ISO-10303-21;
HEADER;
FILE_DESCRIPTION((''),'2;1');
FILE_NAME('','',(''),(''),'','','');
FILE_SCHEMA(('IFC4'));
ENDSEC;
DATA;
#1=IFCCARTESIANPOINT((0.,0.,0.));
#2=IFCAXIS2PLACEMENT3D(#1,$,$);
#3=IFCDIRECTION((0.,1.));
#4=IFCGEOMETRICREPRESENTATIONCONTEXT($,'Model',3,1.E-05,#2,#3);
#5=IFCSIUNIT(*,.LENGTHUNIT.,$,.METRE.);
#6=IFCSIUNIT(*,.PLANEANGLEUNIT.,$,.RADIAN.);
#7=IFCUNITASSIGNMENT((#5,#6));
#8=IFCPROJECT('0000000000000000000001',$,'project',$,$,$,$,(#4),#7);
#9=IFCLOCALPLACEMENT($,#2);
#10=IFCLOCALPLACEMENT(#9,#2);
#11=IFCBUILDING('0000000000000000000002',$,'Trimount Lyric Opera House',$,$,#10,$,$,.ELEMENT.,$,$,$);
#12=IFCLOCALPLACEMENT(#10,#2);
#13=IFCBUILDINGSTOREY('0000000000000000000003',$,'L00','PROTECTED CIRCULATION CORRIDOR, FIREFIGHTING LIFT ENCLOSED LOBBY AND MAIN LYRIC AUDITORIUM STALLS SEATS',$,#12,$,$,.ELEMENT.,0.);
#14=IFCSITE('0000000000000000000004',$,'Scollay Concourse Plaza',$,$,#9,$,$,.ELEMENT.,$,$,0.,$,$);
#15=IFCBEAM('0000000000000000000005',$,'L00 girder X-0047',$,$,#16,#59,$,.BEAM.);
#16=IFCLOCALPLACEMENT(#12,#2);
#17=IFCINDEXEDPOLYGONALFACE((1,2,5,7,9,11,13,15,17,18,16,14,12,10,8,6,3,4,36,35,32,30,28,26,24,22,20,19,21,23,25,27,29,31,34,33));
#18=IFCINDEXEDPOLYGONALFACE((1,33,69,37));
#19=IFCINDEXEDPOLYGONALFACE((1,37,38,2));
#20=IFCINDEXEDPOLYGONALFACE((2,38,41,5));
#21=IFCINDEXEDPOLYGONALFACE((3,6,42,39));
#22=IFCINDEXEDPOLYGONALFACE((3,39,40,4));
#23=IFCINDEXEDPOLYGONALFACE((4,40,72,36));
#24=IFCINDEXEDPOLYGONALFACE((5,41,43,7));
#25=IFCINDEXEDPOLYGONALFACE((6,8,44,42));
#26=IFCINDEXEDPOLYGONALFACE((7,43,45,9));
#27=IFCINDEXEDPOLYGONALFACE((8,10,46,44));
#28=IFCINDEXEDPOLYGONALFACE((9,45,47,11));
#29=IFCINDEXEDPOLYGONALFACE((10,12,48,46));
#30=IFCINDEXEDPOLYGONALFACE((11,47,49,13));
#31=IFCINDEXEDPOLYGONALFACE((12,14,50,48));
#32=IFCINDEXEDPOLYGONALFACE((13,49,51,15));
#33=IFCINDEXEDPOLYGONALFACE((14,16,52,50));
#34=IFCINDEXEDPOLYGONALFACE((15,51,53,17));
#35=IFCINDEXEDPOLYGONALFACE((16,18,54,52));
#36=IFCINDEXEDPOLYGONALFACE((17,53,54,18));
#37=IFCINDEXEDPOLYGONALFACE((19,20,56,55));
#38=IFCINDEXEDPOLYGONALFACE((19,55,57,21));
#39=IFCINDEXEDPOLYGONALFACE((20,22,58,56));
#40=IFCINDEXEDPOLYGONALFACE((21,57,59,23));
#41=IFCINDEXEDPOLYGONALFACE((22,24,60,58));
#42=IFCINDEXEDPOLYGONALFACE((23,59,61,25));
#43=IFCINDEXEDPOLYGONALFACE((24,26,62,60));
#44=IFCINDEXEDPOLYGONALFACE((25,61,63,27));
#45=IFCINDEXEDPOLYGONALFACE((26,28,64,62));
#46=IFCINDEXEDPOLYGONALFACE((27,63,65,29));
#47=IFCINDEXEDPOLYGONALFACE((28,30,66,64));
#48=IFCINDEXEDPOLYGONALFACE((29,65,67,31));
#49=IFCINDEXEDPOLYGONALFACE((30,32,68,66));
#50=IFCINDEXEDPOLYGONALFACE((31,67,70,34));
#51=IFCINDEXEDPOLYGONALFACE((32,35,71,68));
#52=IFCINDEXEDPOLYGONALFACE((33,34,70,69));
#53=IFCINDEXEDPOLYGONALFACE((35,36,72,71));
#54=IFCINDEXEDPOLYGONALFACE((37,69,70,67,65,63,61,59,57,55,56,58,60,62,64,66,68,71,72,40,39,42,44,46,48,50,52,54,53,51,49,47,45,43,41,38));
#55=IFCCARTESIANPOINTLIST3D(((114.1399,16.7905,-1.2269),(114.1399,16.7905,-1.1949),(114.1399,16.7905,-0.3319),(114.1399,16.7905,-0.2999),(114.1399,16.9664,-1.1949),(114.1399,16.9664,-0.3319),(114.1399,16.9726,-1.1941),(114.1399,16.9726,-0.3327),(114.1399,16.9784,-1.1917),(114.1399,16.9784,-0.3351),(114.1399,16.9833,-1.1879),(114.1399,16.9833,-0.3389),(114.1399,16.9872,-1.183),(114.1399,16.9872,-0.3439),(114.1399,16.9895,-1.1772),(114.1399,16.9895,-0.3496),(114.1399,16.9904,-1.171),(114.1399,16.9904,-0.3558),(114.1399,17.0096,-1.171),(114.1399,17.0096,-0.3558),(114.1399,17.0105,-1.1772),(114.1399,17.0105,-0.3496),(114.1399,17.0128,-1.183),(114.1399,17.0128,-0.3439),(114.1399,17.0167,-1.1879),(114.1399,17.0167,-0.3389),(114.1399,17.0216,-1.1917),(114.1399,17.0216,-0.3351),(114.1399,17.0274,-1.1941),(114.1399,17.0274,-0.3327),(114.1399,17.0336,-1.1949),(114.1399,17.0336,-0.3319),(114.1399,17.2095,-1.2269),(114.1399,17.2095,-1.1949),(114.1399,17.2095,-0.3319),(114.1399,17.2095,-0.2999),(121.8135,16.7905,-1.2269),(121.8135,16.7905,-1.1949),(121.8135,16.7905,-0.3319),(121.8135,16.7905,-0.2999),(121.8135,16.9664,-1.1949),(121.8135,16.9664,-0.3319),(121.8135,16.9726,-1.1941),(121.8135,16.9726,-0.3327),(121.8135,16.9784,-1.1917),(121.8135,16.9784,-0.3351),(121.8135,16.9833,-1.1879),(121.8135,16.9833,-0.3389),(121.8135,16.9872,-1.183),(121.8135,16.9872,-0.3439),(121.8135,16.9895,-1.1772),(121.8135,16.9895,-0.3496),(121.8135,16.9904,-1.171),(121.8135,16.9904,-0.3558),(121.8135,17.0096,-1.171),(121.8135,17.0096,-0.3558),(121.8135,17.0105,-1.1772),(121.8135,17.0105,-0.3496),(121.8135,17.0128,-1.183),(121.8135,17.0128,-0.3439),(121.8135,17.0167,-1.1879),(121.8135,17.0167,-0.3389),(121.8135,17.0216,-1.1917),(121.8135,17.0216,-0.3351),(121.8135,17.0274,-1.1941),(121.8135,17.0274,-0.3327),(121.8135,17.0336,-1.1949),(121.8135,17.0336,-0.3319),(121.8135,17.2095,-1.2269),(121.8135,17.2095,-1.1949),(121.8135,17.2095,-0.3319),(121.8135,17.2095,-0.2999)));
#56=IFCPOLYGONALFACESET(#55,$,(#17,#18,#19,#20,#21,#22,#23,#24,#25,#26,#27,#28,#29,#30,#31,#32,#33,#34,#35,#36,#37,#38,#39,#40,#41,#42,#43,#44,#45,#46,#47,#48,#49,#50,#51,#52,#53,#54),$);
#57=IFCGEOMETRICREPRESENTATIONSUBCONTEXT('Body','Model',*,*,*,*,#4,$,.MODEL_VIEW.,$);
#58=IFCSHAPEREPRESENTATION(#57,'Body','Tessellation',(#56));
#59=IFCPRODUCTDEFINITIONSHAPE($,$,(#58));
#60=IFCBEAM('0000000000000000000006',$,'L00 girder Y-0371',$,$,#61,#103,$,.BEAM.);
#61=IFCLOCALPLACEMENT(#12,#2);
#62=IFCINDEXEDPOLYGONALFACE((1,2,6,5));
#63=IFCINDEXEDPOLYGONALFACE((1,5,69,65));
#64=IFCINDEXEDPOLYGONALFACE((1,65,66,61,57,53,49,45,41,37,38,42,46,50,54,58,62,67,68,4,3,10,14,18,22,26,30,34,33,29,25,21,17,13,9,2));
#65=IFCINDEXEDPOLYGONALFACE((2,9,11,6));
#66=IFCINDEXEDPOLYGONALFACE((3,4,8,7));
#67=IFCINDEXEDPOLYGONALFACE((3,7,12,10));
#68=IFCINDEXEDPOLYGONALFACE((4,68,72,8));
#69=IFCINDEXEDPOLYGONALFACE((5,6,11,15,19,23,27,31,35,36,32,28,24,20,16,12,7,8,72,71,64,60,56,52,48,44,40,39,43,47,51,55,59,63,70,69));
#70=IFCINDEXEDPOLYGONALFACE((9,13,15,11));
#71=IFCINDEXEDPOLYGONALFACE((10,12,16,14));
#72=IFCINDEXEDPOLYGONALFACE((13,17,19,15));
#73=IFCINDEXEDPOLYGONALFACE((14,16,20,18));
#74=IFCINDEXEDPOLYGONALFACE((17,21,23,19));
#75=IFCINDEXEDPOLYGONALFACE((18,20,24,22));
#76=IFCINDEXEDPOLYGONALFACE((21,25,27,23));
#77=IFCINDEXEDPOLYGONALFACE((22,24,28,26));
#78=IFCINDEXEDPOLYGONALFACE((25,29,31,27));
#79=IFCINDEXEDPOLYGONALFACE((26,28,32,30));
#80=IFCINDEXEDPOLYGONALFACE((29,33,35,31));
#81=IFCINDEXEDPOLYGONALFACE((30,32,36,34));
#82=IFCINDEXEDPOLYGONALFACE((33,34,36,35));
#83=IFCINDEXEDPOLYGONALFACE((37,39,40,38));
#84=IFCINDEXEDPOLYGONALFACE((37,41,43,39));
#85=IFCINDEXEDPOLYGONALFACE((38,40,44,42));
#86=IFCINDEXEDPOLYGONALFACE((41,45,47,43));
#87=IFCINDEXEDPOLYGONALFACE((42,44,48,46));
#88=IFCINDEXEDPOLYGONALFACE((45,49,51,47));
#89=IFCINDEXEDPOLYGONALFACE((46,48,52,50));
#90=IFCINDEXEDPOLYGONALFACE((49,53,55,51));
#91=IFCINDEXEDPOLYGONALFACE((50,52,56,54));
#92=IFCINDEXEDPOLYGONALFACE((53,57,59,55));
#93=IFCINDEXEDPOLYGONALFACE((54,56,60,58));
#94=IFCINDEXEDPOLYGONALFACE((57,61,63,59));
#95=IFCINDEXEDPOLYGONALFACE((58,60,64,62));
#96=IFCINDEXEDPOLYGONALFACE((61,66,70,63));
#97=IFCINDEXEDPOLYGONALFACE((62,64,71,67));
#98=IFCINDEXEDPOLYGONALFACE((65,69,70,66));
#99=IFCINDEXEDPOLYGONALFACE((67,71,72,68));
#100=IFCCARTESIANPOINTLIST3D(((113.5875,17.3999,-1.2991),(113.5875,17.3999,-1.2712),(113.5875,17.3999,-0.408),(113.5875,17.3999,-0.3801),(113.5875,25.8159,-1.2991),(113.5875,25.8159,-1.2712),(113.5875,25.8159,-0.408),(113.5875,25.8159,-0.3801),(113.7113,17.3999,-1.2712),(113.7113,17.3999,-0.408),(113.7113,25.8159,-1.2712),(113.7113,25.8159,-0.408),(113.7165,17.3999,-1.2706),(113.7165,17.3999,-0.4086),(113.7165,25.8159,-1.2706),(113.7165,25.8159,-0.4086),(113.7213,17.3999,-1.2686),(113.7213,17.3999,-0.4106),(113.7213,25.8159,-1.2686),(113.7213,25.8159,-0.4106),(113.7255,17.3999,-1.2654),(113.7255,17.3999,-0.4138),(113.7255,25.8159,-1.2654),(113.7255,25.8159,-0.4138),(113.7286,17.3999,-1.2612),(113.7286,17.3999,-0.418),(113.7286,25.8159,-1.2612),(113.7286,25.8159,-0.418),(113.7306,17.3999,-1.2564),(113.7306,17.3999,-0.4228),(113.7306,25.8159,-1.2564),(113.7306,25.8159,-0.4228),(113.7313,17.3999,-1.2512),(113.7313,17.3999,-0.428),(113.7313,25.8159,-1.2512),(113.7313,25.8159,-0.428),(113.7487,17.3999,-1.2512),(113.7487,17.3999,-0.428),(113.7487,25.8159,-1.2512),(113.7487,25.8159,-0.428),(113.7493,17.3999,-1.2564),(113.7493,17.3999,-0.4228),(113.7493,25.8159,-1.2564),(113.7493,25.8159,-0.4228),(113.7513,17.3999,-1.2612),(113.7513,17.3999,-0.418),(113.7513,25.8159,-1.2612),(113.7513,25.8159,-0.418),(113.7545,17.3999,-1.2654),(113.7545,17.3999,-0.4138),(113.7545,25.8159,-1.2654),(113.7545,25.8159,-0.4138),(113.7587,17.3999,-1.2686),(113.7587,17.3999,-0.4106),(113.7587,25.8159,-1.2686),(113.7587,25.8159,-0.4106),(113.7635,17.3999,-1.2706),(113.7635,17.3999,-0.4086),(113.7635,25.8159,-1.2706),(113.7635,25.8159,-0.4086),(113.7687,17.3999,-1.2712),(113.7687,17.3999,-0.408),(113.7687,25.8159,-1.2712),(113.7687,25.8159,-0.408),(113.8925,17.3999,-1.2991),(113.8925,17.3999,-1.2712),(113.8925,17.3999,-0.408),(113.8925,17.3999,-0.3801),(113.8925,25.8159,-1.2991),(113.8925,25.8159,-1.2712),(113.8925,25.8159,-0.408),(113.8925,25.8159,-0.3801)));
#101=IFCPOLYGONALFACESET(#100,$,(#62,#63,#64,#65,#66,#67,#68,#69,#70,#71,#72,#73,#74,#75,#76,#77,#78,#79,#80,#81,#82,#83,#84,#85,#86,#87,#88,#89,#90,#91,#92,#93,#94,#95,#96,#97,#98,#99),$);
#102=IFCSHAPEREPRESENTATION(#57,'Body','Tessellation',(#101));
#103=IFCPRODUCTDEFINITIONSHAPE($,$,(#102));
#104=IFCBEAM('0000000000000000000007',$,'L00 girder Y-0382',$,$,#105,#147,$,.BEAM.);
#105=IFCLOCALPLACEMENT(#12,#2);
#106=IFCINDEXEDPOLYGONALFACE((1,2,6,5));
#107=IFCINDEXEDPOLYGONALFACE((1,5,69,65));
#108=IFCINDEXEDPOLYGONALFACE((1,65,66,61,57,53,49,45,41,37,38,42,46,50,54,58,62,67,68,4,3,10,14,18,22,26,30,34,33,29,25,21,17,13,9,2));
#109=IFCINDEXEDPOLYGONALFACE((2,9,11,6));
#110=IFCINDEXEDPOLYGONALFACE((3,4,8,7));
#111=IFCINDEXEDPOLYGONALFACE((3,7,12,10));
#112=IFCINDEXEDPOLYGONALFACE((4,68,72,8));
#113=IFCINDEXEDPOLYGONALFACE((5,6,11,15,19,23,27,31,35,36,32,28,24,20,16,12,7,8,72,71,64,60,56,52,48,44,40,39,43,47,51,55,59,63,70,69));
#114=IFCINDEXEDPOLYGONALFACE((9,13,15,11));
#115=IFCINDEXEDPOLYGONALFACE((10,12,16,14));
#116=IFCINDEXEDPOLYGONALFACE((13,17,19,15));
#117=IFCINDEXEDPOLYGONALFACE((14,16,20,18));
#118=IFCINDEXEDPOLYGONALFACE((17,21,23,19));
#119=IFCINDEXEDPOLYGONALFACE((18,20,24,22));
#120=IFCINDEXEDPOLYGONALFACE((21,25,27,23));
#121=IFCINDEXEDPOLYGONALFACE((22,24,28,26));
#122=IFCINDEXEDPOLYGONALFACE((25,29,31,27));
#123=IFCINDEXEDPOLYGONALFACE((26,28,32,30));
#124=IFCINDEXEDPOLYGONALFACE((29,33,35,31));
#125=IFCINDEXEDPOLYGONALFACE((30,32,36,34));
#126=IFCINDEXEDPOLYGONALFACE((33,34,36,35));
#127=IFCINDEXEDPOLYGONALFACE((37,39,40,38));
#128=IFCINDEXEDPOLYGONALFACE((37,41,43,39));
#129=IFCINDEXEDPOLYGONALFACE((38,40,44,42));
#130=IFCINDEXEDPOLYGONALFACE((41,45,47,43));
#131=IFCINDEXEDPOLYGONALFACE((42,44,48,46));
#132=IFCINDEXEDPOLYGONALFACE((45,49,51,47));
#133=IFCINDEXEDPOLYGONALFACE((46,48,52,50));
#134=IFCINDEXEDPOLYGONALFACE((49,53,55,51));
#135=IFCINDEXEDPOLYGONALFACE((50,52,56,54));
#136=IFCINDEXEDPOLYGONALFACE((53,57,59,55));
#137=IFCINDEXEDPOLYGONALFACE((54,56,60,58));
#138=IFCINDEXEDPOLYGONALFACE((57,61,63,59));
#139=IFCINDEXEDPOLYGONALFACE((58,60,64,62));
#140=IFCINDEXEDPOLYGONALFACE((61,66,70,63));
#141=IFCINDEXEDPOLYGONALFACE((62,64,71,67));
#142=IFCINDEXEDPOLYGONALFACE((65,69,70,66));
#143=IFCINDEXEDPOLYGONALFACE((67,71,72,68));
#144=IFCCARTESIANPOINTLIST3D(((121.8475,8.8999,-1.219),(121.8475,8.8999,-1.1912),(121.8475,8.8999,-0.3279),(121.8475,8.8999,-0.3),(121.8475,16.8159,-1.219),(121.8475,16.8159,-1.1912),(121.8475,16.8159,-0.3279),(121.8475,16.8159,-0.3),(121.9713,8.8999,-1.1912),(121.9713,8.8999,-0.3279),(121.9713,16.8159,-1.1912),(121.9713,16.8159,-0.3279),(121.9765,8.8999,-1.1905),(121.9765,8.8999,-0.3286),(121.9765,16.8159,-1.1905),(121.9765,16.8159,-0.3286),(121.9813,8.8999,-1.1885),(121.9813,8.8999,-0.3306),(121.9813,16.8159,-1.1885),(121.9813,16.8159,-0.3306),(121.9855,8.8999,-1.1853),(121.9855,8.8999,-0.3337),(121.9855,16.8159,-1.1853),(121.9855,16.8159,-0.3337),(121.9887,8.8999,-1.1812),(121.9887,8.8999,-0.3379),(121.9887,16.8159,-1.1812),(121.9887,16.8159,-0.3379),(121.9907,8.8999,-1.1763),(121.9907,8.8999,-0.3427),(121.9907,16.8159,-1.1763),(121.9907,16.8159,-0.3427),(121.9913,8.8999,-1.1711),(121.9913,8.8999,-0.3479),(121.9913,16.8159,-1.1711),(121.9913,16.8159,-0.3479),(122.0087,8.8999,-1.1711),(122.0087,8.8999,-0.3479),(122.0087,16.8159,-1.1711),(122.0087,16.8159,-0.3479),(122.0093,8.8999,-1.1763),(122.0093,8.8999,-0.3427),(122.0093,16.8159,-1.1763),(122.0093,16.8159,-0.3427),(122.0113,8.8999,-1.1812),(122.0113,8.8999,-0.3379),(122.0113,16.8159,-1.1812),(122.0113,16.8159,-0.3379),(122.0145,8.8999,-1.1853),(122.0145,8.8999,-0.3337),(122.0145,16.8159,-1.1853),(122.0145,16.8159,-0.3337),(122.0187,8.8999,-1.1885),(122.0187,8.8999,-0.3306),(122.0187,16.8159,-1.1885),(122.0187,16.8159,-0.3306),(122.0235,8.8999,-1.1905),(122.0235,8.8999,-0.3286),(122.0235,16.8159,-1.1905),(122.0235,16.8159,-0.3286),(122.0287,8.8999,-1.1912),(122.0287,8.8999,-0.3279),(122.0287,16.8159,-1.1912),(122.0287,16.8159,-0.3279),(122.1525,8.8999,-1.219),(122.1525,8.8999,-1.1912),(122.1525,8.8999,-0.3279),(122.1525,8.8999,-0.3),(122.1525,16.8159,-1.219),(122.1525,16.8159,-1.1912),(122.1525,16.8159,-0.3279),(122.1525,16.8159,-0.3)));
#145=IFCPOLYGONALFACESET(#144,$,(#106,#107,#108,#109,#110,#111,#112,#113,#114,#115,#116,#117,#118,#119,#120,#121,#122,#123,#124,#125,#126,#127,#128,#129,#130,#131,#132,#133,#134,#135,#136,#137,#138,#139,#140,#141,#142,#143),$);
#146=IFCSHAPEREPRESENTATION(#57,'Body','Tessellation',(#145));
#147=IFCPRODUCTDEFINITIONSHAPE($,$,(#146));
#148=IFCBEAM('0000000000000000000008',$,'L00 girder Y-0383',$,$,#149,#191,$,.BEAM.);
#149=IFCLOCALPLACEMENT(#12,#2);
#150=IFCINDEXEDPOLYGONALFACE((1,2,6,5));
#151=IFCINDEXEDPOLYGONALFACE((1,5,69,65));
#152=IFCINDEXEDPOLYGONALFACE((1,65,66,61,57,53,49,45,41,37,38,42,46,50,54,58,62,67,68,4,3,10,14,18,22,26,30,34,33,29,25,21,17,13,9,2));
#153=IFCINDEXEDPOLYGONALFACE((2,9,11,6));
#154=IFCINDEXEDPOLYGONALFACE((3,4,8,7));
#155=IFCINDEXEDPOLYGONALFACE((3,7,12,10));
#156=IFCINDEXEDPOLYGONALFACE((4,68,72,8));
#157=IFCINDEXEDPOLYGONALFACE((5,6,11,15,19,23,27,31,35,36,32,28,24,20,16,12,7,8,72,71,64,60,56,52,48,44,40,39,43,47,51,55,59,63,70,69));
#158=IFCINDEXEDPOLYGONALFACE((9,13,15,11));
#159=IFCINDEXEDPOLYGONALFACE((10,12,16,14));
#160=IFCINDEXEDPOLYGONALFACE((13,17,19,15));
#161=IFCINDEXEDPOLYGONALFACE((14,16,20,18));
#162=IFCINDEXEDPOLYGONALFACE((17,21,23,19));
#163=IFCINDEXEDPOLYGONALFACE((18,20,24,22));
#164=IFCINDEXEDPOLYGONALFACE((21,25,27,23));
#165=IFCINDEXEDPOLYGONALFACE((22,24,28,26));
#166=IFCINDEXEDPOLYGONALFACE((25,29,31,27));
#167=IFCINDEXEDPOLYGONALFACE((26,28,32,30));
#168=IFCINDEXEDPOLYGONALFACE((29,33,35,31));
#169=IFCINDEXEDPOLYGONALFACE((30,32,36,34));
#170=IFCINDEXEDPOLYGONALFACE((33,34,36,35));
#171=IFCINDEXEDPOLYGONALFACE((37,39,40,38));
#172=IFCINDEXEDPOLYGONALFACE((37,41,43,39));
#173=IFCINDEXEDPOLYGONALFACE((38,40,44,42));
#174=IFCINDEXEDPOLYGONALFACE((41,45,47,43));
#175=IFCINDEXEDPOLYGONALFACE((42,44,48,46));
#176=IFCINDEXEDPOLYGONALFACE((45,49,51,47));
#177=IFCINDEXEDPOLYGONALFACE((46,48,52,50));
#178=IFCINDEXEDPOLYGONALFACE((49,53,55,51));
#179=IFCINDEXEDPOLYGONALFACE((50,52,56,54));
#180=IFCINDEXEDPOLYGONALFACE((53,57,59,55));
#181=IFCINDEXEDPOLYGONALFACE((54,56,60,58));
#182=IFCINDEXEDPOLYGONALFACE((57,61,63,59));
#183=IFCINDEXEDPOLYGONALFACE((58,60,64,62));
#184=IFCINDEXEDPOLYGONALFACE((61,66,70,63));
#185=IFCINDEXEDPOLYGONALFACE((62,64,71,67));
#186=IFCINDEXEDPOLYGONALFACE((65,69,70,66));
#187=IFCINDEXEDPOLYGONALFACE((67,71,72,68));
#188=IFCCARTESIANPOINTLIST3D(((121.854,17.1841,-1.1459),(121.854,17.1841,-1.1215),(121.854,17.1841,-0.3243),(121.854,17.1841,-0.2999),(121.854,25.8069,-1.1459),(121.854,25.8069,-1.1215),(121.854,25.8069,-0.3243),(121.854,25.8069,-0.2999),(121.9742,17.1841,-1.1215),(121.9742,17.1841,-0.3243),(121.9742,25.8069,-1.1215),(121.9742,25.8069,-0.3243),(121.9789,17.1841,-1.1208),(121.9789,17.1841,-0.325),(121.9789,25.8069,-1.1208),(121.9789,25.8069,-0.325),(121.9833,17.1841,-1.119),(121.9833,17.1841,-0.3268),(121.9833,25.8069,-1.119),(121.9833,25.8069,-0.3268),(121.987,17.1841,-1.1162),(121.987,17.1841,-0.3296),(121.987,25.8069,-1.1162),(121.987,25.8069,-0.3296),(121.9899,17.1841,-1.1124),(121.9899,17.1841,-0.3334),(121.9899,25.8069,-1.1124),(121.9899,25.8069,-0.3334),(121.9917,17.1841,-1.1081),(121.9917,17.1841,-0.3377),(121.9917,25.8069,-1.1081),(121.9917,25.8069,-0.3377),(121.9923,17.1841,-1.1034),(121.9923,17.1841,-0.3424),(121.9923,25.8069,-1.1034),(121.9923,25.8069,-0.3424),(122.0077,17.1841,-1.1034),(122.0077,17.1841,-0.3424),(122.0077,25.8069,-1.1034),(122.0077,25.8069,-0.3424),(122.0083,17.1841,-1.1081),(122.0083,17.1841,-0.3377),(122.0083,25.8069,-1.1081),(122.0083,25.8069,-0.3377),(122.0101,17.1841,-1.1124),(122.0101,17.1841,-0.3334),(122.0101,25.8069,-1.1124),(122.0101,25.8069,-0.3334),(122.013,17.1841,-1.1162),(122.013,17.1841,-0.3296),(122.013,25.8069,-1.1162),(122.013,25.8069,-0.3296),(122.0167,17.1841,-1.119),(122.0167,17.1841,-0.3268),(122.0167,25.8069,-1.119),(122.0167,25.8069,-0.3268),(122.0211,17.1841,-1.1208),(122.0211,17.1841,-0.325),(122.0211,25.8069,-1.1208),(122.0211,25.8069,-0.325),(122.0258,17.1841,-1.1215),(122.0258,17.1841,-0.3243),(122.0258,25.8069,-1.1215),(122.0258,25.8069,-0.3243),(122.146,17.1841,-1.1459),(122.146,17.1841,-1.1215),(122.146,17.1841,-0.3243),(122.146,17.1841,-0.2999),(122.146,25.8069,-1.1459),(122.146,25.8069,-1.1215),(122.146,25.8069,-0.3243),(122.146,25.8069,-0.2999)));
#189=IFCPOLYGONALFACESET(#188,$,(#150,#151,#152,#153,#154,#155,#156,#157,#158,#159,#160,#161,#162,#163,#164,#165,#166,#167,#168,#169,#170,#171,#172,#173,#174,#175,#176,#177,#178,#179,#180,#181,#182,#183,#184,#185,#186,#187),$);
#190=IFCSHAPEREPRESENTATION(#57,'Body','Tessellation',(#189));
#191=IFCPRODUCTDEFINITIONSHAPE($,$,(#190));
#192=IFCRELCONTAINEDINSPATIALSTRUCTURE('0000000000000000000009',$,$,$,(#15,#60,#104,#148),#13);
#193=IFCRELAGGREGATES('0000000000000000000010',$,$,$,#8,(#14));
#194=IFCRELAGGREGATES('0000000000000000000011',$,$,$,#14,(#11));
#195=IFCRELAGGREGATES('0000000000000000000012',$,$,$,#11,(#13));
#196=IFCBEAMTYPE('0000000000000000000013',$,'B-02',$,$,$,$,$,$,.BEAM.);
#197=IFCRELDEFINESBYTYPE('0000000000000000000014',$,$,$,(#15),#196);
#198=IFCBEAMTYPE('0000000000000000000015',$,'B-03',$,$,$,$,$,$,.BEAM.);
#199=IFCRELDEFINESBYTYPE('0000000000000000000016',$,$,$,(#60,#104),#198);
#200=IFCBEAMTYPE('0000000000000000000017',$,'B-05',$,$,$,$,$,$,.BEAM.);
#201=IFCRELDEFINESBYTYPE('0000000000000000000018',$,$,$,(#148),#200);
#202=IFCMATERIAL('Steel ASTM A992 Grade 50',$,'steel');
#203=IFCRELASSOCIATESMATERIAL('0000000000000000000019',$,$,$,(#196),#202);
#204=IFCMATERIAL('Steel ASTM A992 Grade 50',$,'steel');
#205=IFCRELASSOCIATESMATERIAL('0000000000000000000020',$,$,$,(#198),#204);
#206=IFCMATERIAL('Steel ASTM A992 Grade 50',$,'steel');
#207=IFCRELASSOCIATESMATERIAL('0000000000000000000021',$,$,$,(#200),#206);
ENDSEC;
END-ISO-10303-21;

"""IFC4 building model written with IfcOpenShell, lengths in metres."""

from ifc_helpers import new_model, si_unit, direction, frame, origin, origin_2d, place, context, subcontext, project, spatial, i_section, extrude, material, material_profile, profile_set, type_object, element, save


model = new_model("IFC4")

# Units and contexts
model_context = context("Model", 3, precision=1e-05, world=origin(), true_north=direction((0.0, 1.0)))
body_context = subcontext(model_context, "Body", "Model", "MODEL_VIEW")
ifc_project = project(units=[si_unit("LENGTHUNIT", "METRE"), si_unit("PLANEANGLEUNIT", "RADIAN")], contexts=[model_context])

# Site, building, storey
site_placement = place(None, origin())
site = spatial("IfcSite", under=ifc_project, at=site_placement, Name="Scollay Concourse Plaza", CompositionType="ELEMENT", RefElevation=0.0)
building_placement = place(site_placement, origin())
building = spatial("IfcBuilding", under=site, at=building_placement, Name="Trimount Lyric Opera House", CompositionType="ELEMENT")
storey_placement = place(building_placement, origin())
storey = spatial("IfcBuildingStorey", under=building, at=storey_placement, Name="L00", Description="PROTECTED CIRCULATION CORRIDOR, FIREFIGHTING LIFT ENCLOSED LOBBY AND MAIN LYRIC AUDITORIUM STALLS SEATS", CompositionType="ELEMENT", Elevation=0.0)

# Beams
ifc_material_1 = material(Name="Steel ASTM A992 Grade 50", Category="steel")
ifc_material_profile_1 = material_profile(ifc_material_1, i_section(OverallWidth=0.4189, OverallDepth=0.927, WebThickness=0.0193, FlangeThickness=0.032, FilletRadius=0.0239, at=origin_2d()), Name="W36X231")
ifc_profile_set_1 = profile_set([ifc_material_profile_1], Name="Steel ASTM A992 Grade 50")
beam_type_1 = type_object("IfcBeamType", Name="B-02", PredefinedType="BEAM", material=ifc_profile_set_1)
beam_1_placement = place(storey_placement, frame((114.1399, 17.0, -0.7634), z_axis=(1.0, 0.0, 0.0), x_axis=(0.0, 1.0, 0.0)))
element("IfcBeam", 1, at=beam_1_placement, inside=storey, type_object=beam_type_1, Name="L00 girder X-0047", PredefinedType="BEAM", context=body_context, shape_type="SweptSolid", body=[
    extrude(i_section(OverallWidth=0.4189, OverallDepth=0.927, WebThickness=0.0193, FlangeThickness=0.032, FilletRadius=0.0239, at=origin_2d()), origin(), (0.0, 0.0, 1.0), 7.6736),
])
ifc_material_2 = material(Name="Steel ASTM A992 Grade 50", Category="steel")
ifc_material_profile_2 = material_profile(ifc_material_2, i_section(OverallWidth=0.3049, OverallDepth=0.9189, WebThickness=0.0173, FlangeThickness=0.0278, FilletRadius=0.02, at=origin_2d()), Name="W36X170")
ifc_profile_set_2 = profile_set([ifc_material_profile_2], Name="Steel ASTM A992 Grade 50")
beam_type_2 = type_object("IfcBeamType", Name="B-03", PredefinedType="BEAM", material=ifc_profile_set_2)
beam_2_placement = place(storey_placement, frame((113.74, 17.3999, -0.8396), z_axis=(0.0, 1.0, 0.0), x_axis=(-1.0, 0.0, 0.0)))
element("IfcBeam", 2, at=beam_2_placement, inside=storey, type_object=beam_type_2, Name="L00 girder Y-0371", PredefinedType="BEAM", context=body_context, shape_type="SweptSolid", body=[
    extrude(i_section(OverallWidth=0.3049, OverallDepth=0.9189, WebThickness=0.0173, FlangeThickness=0.0278, FilletRadius=0.02, at=origin_2d()), origin(), (0.0, 0.0, 1.0), 8.416),
])
beam_3_placement = place(storey_placement, frame((122.0, 8.8999, -0.7595), z_axis=(0.0, 1.0, 0.0), x_axis=(-1.0, 0.0, 0.0)))
element("IfcBeam", 3, at=beam_3_placement, inside=storey, type_object=beam_type_2, Name="L00 girder Y-0382", PredefinedType="BEAM", context=body_context, shape_type="SweptSolid", body=[
    extrude(i_section(OverallWidth=0.3049, OverallDepth=0.9189, WebThickness=0.0173, FlangeThickness=0.0278, FilletRadius=0.02, at=origin_2d()), origin(), (0.0, 0.0, 1.0), 7.916),
])
ifc_material_3 = material(Name="Steel ASTM A992 Grade 50", Category="steel")
ifc_material_profile_3 = material_profile(ifc_material_3, i_section(OverallWidth=0.292, OverallDepth=0.8459, WebThickness=0.0154, FlangeThickness=0.0244, FilletRadius=0.0181, at=origin_2d()), Name="W33X141")
ifc_profile_set_3 = profile_set([ifc_material_profile_3], Name="Steel ASTM A992 Grade 50")
beam_type_3 = type_object("IfcBeamType", Name="B-05", PredefinedType="BEAM", material=ifc_profile_set_3)
beam_4_placement = place(storey_placement, frame((122.0, 17.1841, -0.7229), z_axis=(0.0, 1.0, 0.0), x_axis=(-1.0, 0.0, 0.0)))
element("IfcBeam", 4, at=beam_4_placement, inside=storey, type_object=beam_type_3, Name="L00 girder Y-0383", PredefinedType="BEAM", context=body_context, shape_type="SweptSolid", body=[
    extrude(i_section(OverallWidth=0.292, OverallDepth=0.8459, WebThickness=0.0154, FlangeThickness=0.0244, FilletRadius=0.0181, at=origin_2d()), origin(), (0.0, 0.0, 1.0), 8.6228),
])

save(model, "model.ifc")
